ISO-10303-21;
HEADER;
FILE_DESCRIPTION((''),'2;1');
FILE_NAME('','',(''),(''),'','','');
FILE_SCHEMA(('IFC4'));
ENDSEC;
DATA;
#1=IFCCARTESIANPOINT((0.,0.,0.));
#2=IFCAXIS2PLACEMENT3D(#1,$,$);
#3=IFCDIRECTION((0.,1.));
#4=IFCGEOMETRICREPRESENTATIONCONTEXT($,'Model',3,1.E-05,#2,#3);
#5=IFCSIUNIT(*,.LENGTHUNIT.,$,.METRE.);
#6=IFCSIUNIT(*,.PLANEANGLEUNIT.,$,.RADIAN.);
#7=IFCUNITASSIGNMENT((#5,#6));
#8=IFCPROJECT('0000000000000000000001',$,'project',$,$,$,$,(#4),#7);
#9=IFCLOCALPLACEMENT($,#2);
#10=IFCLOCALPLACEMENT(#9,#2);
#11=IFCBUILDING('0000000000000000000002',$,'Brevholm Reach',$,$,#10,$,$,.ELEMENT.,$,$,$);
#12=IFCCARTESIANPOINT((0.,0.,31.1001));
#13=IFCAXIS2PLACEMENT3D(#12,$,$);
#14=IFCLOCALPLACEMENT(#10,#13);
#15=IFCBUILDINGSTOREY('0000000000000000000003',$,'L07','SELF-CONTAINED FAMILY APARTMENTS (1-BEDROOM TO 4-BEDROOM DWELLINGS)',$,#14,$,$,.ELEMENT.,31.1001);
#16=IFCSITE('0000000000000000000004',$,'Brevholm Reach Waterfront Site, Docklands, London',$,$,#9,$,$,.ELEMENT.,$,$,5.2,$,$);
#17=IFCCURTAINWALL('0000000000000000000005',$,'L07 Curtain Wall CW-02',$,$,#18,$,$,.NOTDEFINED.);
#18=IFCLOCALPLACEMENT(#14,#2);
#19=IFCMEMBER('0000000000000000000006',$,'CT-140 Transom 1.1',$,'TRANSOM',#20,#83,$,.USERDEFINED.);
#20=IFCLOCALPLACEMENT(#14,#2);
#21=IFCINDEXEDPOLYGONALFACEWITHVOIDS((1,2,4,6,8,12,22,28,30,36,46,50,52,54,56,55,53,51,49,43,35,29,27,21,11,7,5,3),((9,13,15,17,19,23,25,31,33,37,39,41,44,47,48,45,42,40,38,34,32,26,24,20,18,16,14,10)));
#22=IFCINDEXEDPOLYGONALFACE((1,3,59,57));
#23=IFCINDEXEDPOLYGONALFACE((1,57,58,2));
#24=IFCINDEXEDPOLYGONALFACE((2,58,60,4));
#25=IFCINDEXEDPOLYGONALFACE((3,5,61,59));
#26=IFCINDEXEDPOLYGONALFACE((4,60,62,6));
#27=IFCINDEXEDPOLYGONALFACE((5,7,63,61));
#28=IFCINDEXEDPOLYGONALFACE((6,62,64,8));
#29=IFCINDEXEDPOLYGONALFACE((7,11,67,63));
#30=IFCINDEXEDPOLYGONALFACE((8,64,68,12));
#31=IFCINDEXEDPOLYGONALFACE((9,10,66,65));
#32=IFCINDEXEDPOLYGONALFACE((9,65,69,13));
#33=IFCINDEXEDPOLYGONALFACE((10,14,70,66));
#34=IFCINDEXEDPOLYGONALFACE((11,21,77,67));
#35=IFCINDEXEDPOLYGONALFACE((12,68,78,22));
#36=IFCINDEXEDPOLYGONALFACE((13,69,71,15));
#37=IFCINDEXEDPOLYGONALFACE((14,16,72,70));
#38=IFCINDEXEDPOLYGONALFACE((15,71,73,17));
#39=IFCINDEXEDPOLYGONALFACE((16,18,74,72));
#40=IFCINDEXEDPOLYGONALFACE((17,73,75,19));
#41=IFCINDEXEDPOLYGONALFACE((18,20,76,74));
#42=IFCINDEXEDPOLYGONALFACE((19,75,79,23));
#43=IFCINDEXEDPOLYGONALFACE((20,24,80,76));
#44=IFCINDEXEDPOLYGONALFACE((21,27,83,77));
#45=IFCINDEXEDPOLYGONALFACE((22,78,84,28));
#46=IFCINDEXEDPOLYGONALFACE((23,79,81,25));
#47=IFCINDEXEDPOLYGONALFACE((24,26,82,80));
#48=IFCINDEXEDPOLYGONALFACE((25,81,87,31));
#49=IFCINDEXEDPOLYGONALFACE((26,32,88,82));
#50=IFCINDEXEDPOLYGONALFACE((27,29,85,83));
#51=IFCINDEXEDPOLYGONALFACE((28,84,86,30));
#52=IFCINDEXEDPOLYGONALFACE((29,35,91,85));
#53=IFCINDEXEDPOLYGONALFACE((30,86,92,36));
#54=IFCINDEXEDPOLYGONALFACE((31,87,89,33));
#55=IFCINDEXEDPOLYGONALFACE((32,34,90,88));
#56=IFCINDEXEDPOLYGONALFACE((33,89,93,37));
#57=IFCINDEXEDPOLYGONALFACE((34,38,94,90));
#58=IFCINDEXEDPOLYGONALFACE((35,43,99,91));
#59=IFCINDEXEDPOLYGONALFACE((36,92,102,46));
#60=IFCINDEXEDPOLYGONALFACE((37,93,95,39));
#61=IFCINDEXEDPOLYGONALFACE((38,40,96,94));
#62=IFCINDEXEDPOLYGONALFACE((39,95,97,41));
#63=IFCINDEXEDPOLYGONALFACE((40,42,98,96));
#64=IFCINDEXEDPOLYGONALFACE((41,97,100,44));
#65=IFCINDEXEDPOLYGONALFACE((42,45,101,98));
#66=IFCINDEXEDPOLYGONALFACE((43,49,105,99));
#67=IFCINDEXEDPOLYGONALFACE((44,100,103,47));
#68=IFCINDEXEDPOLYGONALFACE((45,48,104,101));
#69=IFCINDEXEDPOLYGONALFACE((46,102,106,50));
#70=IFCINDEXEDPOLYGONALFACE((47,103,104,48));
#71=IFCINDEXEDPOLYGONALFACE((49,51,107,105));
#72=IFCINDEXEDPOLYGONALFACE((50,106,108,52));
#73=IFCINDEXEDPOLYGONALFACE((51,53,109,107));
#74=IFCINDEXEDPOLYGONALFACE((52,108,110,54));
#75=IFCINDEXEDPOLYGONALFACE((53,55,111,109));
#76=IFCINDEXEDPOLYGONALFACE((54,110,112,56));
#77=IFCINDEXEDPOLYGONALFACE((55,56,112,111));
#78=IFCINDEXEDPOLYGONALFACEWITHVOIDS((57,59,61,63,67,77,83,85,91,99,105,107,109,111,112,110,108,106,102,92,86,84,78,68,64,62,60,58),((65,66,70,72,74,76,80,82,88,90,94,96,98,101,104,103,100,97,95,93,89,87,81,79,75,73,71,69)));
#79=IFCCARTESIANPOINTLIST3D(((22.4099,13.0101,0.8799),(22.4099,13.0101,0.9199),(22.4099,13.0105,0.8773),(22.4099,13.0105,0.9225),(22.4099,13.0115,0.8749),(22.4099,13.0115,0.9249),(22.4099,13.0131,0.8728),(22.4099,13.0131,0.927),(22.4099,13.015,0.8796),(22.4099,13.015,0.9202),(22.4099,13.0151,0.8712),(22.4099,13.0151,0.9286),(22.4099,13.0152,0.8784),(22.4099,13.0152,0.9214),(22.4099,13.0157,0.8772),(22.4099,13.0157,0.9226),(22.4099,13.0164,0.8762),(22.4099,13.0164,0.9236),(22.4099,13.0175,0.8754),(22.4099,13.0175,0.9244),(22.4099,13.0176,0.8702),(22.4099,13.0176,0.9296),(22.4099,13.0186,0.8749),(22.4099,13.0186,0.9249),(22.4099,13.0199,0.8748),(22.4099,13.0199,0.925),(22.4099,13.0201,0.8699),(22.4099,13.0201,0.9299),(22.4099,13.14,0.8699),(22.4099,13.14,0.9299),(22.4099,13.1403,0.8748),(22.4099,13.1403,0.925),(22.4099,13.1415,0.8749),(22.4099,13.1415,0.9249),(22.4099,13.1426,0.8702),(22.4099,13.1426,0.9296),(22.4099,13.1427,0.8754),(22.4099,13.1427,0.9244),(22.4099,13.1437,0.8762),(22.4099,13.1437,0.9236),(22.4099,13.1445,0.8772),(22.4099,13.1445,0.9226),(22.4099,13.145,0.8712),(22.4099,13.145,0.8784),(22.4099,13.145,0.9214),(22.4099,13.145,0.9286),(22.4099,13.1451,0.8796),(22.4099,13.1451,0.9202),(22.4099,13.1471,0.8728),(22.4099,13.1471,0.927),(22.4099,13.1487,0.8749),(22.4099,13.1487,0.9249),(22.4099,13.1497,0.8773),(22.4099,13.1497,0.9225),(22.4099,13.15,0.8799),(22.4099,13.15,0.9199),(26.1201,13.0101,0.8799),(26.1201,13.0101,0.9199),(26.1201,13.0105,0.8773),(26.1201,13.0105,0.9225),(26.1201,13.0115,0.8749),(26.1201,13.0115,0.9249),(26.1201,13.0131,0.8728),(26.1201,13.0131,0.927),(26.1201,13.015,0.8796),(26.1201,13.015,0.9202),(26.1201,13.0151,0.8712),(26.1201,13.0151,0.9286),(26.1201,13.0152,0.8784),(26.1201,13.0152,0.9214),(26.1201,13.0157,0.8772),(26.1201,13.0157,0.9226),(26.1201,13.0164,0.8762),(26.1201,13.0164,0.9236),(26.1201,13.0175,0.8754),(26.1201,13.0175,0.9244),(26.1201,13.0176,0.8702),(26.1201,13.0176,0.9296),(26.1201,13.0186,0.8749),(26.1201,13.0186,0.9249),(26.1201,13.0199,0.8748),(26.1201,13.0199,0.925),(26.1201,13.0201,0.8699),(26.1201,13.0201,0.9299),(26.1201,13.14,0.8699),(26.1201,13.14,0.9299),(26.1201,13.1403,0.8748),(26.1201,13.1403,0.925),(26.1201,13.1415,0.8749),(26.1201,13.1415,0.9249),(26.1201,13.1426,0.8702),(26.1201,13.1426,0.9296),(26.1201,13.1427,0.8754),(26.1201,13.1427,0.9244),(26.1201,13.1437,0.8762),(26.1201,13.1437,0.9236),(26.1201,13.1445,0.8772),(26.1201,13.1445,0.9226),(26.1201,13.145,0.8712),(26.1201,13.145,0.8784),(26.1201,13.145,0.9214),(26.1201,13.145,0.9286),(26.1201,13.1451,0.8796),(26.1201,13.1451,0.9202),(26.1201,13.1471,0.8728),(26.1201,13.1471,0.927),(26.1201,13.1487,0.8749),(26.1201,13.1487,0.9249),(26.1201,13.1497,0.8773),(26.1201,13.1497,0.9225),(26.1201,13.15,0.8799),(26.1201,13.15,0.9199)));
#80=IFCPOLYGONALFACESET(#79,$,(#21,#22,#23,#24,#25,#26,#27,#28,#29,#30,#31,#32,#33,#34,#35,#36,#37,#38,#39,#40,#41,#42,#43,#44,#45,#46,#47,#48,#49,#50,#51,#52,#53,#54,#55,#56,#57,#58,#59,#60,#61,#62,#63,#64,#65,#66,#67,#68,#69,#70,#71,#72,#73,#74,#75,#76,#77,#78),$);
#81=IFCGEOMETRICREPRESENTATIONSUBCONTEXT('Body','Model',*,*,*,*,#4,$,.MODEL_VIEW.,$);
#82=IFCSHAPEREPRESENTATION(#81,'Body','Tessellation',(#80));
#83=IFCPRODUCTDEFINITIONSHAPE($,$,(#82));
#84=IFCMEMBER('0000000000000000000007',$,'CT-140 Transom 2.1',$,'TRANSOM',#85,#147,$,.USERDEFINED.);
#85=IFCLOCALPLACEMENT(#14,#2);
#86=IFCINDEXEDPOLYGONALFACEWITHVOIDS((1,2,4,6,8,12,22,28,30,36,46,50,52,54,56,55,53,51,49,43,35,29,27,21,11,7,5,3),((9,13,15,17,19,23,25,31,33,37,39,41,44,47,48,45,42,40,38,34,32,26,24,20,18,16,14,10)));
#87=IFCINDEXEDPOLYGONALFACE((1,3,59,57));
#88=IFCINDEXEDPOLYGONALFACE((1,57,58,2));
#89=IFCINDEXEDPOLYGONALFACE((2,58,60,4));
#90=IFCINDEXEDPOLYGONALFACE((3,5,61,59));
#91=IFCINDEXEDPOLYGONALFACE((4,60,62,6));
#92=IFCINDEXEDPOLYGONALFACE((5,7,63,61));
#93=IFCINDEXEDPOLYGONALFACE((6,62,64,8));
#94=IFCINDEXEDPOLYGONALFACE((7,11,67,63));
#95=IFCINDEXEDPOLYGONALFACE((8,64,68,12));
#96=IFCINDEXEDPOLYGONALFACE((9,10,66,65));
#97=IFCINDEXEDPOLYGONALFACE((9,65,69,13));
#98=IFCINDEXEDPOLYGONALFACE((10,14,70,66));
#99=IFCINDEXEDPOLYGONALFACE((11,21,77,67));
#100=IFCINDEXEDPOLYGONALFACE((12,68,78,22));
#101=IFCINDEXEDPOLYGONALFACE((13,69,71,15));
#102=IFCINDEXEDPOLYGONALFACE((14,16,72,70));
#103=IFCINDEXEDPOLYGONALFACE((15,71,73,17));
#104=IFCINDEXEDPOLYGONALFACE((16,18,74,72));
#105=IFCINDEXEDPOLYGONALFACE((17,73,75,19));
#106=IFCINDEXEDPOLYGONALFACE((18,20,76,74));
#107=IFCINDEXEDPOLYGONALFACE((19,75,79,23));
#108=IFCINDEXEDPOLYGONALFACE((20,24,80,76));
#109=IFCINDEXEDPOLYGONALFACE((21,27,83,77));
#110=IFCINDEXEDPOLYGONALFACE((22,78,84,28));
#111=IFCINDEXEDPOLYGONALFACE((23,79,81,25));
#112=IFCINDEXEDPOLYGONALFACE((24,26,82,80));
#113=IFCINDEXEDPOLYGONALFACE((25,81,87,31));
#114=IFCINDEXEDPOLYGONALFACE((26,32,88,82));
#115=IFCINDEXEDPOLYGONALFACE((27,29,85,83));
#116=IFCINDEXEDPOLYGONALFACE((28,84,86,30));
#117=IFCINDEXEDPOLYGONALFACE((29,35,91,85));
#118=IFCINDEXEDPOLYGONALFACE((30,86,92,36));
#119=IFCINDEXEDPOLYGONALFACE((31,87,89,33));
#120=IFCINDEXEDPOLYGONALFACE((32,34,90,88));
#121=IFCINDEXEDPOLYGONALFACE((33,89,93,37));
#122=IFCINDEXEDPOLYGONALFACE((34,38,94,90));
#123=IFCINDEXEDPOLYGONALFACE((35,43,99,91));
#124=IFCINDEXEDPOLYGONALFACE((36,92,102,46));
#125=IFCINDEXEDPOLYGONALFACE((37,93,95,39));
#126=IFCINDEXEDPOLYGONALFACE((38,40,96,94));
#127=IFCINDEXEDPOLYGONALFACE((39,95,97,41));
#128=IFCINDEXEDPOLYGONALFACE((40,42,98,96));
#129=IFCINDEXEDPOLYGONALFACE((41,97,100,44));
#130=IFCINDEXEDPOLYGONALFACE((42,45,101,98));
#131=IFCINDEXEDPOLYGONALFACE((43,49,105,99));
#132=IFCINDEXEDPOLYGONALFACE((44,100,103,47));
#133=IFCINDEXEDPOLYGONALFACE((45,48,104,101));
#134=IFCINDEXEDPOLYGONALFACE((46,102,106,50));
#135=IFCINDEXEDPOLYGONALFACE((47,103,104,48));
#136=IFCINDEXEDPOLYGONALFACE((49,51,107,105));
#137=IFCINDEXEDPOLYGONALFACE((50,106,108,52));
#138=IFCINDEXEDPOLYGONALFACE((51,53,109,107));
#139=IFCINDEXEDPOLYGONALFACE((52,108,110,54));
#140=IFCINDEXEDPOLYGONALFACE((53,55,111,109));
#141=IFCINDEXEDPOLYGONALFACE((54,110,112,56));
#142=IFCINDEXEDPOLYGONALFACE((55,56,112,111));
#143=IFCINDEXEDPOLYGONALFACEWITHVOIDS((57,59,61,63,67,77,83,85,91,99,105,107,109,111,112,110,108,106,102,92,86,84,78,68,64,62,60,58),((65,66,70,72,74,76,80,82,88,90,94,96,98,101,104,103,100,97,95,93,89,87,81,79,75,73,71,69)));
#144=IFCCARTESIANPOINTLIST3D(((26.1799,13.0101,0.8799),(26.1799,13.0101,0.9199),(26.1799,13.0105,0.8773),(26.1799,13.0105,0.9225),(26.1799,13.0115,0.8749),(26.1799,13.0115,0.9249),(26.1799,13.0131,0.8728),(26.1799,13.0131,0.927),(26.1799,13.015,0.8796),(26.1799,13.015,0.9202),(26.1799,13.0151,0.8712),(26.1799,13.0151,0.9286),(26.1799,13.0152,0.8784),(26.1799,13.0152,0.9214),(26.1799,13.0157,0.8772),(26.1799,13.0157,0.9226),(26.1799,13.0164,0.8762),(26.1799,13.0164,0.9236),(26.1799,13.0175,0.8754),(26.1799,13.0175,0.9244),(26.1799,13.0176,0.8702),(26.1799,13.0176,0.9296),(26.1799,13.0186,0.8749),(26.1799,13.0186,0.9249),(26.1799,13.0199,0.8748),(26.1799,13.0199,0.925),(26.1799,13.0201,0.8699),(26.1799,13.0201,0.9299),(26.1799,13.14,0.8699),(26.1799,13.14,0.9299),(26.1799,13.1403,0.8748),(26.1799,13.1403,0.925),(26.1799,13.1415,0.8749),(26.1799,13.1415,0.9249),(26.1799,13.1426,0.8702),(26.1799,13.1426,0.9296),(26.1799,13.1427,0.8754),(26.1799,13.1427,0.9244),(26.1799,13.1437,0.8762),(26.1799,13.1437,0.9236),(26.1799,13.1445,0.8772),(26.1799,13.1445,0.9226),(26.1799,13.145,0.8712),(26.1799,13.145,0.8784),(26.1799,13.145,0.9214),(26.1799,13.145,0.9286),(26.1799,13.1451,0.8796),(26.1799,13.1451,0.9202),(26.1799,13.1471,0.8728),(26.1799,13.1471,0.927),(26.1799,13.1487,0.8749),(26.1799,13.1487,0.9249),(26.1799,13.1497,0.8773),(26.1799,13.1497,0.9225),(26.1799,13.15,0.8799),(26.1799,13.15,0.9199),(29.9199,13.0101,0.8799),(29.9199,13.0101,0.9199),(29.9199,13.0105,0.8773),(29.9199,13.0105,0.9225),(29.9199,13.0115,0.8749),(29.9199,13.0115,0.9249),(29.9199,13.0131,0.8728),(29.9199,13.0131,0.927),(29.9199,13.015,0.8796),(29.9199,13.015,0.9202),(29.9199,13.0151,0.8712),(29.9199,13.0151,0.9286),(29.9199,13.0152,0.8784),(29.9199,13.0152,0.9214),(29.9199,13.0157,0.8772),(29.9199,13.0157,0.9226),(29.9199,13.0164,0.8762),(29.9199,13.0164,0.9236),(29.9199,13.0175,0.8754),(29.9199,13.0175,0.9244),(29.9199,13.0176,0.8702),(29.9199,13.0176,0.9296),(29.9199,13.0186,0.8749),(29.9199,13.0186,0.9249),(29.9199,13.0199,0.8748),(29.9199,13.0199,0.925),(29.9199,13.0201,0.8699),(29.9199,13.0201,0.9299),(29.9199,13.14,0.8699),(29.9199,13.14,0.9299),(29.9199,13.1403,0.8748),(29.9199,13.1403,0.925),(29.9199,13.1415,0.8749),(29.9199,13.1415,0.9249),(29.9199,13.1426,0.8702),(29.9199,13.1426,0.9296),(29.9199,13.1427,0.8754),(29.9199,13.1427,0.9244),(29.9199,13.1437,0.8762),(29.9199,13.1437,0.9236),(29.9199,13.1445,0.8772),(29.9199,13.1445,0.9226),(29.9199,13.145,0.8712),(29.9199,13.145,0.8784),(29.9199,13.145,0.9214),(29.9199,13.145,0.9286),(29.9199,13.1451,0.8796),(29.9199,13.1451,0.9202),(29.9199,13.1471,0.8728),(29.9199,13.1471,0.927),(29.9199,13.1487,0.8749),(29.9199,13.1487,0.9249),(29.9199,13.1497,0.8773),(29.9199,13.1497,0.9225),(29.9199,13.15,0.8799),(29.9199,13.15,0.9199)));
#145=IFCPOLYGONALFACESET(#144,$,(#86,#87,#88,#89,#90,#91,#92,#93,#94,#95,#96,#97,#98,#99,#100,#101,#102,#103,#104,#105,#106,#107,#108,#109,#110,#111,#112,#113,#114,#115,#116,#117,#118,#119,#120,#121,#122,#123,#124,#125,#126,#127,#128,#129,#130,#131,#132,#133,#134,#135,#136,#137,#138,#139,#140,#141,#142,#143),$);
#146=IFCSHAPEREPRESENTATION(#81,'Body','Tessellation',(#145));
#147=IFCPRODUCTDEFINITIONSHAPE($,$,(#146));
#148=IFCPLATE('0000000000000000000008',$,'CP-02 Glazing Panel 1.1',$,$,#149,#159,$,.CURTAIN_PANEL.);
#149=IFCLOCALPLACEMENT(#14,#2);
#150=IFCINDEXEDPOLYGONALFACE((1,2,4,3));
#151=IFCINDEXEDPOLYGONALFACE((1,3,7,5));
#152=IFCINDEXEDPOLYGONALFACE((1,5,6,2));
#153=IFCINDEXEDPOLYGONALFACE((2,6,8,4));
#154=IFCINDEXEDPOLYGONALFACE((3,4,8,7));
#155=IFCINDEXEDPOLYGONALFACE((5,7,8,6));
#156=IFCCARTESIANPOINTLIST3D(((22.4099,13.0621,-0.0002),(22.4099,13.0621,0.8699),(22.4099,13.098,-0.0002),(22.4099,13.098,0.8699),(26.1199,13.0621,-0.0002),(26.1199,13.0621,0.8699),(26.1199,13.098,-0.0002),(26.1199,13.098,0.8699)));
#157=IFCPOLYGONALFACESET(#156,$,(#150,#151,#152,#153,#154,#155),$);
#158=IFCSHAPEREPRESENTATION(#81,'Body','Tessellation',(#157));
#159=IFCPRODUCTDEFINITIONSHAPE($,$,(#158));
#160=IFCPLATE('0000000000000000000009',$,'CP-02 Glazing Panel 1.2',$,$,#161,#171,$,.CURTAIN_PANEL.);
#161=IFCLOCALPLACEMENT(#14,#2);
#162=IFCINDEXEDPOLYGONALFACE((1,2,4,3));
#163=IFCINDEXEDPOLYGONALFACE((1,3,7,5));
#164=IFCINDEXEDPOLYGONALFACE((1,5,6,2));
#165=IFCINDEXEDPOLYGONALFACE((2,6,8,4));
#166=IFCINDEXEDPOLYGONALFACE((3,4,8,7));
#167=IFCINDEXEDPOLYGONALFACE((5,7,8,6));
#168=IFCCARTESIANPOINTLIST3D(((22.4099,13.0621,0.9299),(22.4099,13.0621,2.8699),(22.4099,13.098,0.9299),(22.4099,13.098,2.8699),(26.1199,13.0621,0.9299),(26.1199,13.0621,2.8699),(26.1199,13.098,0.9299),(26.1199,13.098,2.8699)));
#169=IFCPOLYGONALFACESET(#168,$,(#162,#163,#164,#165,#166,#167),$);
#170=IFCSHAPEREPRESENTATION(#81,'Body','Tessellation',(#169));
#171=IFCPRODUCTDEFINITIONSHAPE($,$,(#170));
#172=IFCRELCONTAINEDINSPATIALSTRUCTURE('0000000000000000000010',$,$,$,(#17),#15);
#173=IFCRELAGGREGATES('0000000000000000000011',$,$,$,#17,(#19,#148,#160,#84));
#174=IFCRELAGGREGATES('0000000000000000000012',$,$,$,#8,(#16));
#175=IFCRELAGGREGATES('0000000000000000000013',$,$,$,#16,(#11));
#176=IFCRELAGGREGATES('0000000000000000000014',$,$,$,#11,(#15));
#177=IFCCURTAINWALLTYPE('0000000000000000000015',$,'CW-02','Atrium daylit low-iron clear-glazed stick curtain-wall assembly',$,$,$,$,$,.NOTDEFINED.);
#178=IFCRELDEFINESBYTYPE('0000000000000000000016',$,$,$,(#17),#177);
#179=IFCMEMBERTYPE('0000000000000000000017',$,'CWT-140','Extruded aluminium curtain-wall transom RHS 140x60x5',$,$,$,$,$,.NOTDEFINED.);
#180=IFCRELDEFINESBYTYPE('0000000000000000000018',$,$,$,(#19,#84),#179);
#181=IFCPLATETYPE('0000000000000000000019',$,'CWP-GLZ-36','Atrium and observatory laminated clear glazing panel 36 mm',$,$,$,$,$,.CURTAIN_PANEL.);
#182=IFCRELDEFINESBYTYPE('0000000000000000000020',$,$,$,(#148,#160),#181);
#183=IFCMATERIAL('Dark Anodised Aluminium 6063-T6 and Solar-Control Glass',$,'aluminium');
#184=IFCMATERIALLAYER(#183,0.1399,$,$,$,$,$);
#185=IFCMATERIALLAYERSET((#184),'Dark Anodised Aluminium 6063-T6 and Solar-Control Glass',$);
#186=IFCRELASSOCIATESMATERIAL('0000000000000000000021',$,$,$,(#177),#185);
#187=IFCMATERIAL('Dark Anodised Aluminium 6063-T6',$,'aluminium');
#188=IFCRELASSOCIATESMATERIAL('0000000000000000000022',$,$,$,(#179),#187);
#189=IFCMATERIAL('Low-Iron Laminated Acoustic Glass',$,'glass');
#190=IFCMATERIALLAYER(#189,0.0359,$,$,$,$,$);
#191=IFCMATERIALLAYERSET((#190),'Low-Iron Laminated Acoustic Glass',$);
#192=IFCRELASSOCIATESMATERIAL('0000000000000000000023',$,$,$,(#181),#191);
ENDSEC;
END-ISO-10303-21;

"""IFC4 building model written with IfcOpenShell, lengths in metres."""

from ifc_helpers import new_model, si_unit, direction, frame, origin, origin_2d, place, context, subcontext, project, spatial, rectangle, hollow_rectangle, extrude, material, layer, layer_set, material_profile, profile_set, type_object, element, aggregate, save


model = new_model("IFC4")

# Units and contexts
model_context = context("Model", 3, precision=1e-05, world=origin(), true_north=direction((0.0, 1.0)))
body_context = subcontext(model_context, "Body", "Model", "MODEL_VIEW")
ifc_project = project(units=[si_unit("LENGTHUNIT", "METRE"), si_unit("PLANEANGLEUNIT", "RADIAN")], contexts=[model_context])

# Site, building, storey
site_placement = place(None, origin())
site = spatial("IfcSite", under=ifc_project, at=site_placement, Name="Brevholm Reach Waterfront Site, Docklands, London", CompositionType="ELEMENT", RefElevation=5.2)
building_placement = place(site_placement, origin())
building = spatial("IfcBuilding", under=site, at=building_placement, Name="Brevholm Reach", CompositionType="ELEMENT")
storey_placement = place(building_placement, frame((0.0, 0.0, 31.1001)))
storey = spatial("IfcBuildingStorey", under=building, at=storey_placement, Name="L07", Description="SELF-CONTAINED FAMILY APARTMENTS (1-BEDROOM TO 4-BEDROOM DWELLINGS)", CompositionType="ELEMENT", Elevation=31.1001)

# Curtain wall, members, plates
ifc_material_1 = material(Name="Dark Anodised Aluminium 6063-T6 and Solar-Control Glass", Category="aluminium")
ifc_layer_1 = layer(ifc_material_1, 0.1399)
ifc_layer_set_1 = layer_set([ifc_layer_1], Name="Dark Anodised Aluminium 6063-T6 and Solar-Control Glass")
curtain_wall_type = type_object("IfcCurtainWallType", Name="CW-02", Description="Atrium daylit low-iron clear-glazed stick curtain-wall assembly", PredefinedType="NOTDEFINED", material=ifc_layer_set_1)
curtain_wall_placement = place(storey_placement, origin())
curtain_wall = element("IfcCurtainWall", 1, at=curtain_wall_placement, inside=storey, type_object=curtain_wall_type, Name="L07 Curtain Wall CW-02", PredefinedType="NOTDEFINED")
ifc_material_2 = material(Name="Dark Anodised Aluminium 6063-T6", Category="aluminium")
ifc_material_profile_1 = material_profile(ifc_material_2, hollow_rectangle(XDim=0.0601, YDim=0.1399, WallThickness=0.0049, InnerFilletRadius=0.0049, OuterFilletRadius=0.01, at=origin_2d()), Name="RHS 140x60x5")
ifc_profile_set_1 = profile_set([ifc_material_profile_1], Name="Dark Anodised Aluminium 6063-T6")
member_type_1 = type_object("IfcMemberType", Name="CWT-140", Description="Extruded aluminium curtain-wall transom RHS 140x60x5", PredefinedType="NOTDEFINED", material=ifc_profile_set_1)
member_1_placement = place(storey_placement, frame((22.4099, 13.0801, 0.8999), z_axis=(1.0, 0.0, 0.0), x_axis=(0.0, 0.0, 1.0)))
member_1 = element("IfcMember", 2, at=member_1_placement, type_object=member_type_1, Name="CT-140 Transom 1.1", ObjectType="TRANSOM", PredefinedType="USERDEFINED", context=body_context, shape_type="SweptSolid", body=[
    extrude(hollow_rectangle(XDim=0.0601, YDim=0.1399, WallThickness=0.0049, InnerFilletRadius=0.0049, OuterFilletRadius=0.01, at=origin_2d()), origin(), (0.0, 0.0, 1.0), 3.7102),
])
member_2_placement = place(storey_placement, frame((26.1799, 13.0801, 0.8999), z_axis=(1.0, 0.0, 0.0), x_axis=(0.0, 0.0, 1.0)))
member_2 = element("IfcMember", 3, at=member_2_placement, type_object=member_type_1, Name="CT-140 Transom 2.1", ObjectType="TRANSOM", PredefinedType="USERDEFINED", context=body_context, shape_type="SweptSolid", body=[
    extrude(hollow_rectangle(XDim=0.0601, YDim=0.1399, WallThickness=0.0049, InnerFilletRadius=0.0049, OuterFilletRadius=0.01, at=origin_2d()), origin(), (0.0, 0.0, 1.0), 3.74),
])
ifc_material_3 = material(Name="Low-Iron Laminated Acoustic Glass", Category="glass")
ifc_layer_2 = layer(ifc_material_3, 0.0359)
ifc_layer_set_2 = layer_set([ifc_layer_2], Name="Low-Iron Laminated Acoustic Glass")
plate_type = type_object("IfcPlateType", Name="CWP-GLZ-36", Description="Atrium and observatory laminated clear glazing panel 36 mm", PredefinedType="CURTAIN_PANEL", material=ifc_layer_set_2)
plate_1_placement = place(storey_placement, frame((24.2649, 13.0801, -0.0002), z_axis=(0.0, 0.0, 1.0), x_axis=(1.0, 0.0, 0.0)))
plate_1 = element("IfcPlate", 4, at=plate_1_placement, type_object=plate_type, Name="CP-02 Glazing Panel 1.1", PredefinedType="CURTAIN_PANEL", context=body_context, shape_type="SweptSolid", body=[
    extrude(rectangle(XDim=3.71, YDim=0.0359, at=origin_2d()), origin(), (0.0, 0.0, 1.0), 0.8701),
])
plate_2_placement = place(storey_placement, frame((24.2649, 13.0801, 0.9299), z_axis=(0.0, 0.0, 1.0), x_axis=(1.0, 0.0, 0.0)))
plate_2 = element("IfcPlate", 5, at=plate_2_placement, type_object=plate_type, Name="CP-02 Glazing Panel 1.2", PredefinedType="CURTAIN_PANEL", context=body_context, shape_type="SweptSolid", body=[
    extrude(rectangle(XDim=3.71, YDim=0.0359, at=origin_2d()), origin(), (0.0, 0.0, 1.0), 1.9399),
])
aggregate(curtain_wall, [member_1, plate_1, plate_2, member_2])

save(model, "model.ifc")
